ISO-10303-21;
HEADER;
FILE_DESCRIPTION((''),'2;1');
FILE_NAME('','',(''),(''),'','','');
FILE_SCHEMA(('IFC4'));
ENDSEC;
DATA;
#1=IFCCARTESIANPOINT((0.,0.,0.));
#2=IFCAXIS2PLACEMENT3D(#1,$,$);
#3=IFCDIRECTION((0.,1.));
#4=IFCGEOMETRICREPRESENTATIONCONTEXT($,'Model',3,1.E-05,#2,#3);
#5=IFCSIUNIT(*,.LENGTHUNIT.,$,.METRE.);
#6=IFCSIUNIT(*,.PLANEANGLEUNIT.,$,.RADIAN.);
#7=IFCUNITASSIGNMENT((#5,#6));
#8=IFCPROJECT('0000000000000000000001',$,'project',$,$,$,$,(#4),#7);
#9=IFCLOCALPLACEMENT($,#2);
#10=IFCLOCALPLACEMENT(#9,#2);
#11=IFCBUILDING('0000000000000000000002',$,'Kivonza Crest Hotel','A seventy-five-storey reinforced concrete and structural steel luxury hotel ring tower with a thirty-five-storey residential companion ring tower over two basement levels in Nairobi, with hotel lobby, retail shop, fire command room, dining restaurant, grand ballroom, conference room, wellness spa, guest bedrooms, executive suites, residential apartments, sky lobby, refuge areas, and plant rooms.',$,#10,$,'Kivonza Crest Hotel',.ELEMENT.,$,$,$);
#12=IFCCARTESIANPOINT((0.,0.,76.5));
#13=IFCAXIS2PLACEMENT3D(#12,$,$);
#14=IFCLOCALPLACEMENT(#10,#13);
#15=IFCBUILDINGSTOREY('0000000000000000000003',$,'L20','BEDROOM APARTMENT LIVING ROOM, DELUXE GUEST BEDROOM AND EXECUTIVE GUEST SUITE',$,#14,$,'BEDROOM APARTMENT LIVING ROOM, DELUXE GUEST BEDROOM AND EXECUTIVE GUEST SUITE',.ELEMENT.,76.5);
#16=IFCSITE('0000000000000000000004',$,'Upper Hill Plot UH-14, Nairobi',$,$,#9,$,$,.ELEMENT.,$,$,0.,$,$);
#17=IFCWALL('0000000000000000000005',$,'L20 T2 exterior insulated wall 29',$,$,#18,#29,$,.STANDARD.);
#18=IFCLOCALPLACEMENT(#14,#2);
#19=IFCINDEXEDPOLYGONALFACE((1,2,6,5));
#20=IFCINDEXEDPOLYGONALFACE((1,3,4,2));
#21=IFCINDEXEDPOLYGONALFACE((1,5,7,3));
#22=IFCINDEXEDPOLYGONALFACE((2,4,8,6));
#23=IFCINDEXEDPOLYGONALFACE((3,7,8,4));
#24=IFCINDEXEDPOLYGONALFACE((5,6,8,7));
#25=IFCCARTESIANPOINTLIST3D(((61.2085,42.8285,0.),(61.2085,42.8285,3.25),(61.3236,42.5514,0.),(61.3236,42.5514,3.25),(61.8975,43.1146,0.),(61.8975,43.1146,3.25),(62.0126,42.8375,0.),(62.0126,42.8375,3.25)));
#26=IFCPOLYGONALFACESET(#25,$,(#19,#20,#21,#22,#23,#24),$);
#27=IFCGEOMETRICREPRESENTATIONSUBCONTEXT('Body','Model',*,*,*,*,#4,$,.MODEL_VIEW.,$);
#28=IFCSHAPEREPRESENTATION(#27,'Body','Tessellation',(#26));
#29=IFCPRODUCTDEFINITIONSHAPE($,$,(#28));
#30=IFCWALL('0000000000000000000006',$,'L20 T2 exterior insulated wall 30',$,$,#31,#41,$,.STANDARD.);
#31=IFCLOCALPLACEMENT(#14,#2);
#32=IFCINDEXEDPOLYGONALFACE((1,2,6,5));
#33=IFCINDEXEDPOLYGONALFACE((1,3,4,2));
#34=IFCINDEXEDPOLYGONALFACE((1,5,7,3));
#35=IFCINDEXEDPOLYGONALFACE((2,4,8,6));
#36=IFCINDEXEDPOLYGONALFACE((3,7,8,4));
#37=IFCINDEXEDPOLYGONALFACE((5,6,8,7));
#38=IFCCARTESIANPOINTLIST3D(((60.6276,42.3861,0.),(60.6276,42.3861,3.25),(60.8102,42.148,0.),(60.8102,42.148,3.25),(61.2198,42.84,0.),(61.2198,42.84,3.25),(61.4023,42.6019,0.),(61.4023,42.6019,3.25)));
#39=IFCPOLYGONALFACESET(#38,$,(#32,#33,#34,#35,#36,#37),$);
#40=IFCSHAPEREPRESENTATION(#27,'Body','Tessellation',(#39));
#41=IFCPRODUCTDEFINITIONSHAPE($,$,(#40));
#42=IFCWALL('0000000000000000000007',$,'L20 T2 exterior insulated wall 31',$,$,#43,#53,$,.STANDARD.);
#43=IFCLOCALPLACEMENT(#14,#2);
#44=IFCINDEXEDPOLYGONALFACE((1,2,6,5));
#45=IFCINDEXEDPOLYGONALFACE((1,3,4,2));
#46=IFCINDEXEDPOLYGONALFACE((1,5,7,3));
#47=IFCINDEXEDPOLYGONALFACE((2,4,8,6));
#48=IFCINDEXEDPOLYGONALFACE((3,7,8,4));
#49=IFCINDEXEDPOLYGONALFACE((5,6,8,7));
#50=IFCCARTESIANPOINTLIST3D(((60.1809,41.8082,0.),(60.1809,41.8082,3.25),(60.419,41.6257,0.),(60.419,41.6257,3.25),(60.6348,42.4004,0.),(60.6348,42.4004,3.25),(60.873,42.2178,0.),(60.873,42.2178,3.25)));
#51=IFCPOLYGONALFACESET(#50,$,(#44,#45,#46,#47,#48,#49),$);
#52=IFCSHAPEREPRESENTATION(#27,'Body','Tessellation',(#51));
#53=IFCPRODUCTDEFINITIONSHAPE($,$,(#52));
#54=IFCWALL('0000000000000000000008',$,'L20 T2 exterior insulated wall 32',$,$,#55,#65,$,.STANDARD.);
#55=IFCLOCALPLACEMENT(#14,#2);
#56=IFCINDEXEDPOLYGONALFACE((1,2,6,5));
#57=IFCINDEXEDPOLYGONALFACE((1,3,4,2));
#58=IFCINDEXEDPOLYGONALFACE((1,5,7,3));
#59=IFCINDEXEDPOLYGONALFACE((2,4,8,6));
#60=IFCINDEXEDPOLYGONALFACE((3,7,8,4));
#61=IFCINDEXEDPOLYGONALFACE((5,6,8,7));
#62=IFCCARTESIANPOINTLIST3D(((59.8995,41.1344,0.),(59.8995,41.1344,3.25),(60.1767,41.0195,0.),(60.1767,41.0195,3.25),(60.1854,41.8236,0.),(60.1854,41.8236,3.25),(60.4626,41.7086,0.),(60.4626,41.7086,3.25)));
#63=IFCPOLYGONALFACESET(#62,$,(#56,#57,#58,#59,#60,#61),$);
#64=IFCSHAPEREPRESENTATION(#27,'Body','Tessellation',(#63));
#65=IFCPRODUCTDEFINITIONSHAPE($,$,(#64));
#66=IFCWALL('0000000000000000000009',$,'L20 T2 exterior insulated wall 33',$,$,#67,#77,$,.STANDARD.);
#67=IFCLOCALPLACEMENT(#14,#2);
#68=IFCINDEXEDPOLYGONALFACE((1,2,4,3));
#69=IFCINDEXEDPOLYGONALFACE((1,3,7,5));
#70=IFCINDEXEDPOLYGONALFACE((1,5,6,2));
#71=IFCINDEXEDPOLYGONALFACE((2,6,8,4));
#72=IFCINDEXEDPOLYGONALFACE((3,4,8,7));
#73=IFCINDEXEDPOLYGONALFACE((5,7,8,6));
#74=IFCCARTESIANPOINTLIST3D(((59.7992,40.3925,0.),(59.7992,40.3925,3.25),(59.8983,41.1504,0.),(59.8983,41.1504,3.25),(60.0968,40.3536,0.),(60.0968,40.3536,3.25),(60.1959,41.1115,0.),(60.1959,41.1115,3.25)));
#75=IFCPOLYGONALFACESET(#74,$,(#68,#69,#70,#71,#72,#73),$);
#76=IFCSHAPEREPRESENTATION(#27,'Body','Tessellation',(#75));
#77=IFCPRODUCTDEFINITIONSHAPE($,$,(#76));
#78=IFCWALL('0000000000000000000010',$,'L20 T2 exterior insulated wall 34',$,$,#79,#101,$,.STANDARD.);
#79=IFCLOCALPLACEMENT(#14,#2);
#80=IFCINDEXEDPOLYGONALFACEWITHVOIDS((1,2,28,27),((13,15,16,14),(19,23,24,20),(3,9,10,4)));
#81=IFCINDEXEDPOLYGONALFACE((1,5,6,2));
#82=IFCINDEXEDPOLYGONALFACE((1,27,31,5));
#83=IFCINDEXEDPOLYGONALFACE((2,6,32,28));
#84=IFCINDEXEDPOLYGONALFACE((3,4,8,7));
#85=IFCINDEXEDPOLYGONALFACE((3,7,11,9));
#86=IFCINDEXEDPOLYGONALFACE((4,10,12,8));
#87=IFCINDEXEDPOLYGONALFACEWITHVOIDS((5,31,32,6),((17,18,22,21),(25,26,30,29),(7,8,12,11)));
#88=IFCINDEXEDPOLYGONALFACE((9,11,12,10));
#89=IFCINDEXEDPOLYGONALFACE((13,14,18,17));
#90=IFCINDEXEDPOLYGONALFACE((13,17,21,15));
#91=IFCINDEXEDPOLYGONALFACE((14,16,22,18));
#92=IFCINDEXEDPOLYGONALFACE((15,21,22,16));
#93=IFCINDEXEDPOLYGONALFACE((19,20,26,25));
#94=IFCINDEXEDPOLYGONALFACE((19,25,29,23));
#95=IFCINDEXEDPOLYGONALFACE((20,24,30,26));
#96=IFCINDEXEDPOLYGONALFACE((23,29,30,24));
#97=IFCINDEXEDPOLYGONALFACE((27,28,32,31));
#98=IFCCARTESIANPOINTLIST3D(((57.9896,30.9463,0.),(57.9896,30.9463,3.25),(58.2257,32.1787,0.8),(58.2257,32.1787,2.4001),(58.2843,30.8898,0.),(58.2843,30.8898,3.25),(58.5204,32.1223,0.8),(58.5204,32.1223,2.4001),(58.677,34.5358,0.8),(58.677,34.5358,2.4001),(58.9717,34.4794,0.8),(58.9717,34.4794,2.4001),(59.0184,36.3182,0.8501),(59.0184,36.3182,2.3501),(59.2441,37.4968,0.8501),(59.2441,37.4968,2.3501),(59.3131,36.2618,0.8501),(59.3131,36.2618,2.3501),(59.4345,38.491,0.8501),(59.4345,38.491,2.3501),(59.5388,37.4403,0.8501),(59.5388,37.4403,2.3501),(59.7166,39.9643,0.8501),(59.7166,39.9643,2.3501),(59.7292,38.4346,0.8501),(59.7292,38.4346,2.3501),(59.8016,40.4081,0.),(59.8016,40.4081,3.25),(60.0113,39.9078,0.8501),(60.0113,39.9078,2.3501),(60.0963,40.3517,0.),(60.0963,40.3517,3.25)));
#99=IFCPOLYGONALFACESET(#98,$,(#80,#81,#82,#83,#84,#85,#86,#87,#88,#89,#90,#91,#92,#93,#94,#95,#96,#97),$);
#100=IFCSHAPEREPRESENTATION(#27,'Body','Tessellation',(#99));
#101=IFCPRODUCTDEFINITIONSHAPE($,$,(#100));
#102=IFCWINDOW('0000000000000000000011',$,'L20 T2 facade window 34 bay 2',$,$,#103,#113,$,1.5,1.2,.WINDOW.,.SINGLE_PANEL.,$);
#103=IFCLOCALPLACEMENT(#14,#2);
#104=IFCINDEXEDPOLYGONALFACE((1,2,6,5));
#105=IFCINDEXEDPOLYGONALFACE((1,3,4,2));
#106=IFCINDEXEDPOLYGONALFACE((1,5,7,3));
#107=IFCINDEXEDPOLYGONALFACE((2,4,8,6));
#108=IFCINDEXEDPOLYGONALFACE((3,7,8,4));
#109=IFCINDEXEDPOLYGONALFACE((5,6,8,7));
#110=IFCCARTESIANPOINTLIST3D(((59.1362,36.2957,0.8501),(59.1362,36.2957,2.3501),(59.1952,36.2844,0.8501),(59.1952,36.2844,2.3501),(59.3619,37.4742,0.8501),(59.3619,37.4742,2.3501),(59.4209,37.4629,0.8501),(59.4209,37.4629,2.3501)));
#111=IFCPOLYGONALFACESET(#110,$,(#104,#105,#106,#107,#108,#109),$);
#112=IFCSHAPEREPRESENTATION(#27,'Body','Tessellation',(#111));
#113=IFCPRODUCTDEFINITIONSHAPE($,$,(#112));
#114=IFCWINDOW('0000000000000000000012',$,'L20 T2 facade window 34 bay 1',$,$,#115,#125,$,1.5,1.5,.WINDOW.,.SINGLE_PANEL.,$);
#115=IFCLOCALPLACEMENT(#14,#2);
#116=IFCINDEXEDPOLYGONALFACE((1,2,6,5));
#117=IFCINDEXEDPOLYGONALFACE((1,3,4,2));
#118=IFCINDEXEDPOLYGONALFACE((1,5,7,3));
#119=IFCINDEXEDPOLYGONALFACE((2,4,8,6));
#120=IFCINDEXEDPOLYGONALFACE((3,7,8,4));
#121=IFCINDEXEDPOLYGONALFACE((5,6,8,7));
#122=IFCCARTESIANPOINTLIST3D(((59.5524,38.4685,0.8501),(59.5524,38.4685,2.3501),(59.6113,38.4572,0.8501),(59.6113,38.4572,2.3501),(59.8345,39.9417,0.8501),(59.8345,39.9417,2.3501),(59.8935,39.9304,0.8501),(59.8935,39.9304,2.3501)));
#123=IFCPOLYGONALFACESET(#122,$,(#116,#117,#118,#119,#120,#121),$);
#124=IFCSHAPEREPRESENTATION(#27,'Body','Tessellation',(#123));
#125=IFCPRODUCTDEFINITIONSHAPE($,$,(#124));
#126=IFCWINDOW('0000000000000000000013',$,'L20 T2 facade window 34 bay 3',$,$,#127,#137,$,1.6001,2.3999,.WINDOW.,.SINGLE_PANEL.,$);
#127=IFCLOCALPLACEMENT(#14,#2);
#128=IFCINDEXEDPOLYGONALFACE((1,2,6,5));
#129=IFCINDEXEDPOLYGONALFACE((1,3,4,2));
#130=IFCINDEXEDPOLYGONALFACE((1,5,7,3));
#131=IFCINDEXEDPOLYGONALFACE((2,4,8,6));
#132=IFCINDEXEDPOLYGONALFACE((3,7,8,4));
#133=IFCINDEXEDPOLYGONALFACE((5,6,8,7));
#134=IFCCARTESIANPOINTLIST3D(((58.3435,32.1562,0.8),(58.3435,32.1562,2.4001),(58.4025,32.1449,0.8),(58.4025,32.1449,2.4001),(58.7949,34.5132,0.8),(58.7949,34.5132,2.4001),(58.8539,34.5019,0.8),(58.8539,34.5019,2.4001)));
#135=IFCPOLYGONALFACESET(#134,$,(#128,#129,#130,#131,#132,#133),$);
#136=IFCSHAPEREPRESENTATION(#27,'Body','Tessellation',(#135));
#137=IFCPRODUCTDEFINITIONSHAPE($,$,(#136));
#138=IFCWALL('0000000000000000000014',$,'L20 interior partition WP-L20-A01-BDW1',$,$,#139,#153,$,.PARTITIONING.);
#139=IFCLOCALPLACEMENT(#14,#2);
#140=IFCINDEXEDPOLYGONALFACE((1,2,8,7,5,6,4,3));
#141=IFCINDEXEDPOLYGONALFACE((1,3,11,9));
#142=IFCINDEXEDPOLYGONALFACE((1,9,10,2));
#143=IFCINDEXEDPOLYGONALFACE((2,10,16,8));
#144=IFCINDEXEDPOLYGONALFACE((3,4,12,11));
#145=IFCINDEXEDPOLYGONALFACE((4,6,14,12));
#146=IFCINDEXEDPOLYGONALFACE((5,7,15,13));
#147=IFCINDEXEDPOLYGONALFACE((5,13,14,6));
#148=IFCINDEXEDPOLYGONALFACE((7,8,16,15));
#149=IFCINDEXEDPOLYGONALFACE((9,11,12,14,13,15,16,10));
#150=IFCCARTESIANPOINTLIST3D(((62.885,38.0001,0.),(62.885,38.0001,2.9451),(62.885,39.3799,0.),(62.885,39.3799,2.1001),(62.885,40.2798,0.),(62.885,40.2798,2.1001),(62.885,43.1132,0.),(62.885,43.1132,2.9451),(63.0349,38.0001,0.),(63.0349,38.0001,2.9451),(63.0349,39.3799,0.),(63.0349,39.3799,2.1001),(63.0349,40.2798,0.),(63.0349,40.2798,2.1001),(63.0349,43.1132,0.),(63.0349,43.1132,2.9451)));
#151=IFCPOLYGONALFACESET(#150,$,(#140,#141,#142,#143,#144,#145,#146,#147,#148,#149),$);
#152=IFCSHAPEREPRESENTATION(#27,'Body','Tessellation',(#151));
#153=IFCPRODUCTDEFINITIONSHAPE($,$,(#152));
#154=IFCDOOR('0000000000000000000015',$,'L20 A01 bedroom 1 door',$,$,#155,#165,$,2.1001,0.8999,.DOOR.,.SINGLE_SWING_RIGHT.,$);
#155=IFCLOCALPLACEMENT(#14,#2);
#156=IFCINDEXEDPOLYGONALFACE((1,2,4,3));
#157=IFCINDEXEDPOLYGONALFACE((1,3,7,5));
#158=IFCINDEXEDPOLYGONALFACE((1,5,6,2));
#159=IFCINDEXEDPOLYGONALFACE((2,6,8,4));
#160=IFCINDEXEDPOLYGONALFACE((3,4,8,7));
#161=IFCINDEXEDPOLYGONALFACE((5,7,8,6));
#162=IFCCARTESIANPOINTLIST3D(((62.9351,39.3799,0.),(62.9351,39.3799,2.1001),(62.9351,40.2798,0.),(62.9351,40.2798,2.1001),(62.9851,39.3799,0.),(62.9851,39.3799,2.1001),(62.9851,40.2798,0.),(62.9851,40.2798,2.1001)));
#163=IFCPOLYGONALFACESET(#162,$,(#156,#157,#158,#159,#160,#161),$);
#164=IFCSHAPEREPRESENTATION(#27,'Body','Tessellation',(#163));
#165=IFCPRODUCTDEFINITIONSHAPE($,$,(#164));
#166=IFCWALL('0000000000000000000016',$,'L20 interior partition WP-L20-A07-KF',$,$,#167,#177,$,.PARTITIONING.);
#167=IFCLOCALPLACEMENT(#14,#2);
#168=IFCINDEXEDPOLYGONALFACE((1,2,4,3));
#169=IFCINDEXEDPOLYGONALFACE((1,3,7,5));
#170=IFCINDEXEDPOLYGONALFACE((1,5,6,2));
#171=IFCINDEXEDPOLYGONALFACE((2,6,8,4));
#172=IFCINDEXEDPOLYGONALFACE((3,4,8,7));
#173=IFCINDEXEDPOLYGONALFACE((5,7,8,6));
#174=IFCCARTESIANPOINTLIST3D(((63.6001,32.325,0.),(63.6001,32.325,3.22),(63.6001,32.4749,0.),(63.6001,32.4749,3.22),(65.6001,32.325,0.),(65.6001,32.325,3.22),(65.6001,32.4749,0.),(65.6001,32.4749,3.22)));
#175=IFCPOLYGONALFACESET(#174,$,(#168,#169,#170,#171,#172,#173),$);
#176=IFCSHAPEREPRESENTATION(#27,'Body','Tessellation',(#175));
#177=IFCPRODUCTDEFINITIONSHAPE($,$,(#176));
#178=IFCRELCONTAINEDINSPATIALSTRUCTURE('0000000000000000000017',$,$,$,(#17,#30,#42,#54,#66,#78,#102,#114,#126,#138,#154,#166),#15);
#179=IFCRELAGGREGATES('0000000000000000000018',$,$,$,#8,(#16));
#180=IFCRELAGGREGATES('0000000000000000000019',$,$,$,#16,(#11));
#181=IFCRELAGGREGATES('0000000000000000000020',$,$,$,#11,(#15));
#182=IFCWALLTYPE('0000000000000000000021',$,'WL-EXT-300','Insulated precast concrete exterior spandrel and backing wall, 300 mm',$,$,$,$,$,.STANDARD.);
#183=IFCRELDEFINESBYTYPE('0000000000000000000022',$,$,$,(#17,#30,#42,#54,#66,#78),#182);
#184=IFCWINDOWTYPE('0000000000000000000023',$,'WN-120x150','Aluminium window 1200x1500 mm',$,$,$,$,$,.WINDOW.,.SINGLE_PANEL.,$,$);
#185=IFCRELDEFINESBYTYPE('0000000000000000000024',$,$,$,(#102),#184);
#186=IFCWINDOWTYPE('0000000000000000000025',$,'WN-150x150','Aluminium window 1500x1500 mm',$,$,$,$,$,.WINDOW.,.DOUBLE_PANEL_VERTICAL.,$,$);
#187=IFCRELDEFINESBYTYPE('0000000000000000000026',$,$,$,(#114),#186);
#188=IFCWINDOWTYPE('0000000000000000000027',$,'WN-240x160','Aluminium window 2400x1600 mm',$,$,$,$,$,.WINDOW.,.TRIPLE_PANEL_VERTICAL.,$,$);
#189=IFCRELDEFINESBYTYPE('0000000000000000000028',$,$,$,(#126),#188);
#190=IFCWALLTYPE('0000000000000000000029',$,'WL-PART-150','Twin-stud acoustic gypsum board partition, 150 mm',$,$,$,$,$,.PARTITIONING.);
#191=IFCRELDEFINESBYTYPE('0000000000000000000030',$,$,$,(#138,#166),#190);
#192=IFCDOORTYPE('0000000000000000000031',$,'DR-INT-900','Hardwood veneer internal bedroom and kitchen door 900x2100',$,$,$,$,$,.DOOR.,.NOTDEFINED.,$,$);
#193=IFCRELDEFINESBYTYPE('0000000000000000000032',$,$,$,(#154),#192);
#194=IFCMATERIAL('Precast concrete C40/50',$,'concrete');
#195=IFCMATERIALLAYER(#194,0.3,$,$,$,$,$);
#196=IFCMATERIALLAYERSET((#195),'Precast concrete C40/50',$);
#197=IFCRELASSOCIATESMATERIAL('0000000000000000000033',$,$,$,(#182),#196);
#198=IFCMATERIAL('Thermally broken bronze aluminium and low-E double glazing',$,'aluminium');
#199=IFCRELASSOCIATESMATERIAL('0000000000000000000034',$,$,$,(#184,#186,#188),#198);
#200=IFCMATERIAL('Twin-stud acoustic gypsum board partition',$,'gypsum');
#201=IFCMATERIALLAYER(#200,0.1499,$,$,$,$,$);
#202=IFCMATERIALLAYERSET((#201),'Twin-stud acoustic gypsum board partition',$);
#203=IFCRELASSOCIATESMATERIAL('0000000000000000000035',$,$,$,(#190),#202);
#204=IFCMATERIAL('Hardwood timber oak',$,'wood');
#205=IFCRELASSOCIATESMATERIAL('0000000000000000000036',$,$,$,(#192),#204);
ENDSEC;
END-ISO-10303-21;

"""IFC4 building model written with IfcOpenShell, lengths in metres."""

from ifc_helpers import new_model, si_unit, direction, frame, frame_2d, origin, place, context, subcontext, project, spatial, rectangle, extrude, material, layer, layer_set, type_object, element, fill, save


model = new_model("IFC4")

# Units and contexts
model_context = context("Model", 3, precision=1e-05, world=origin(), true_north=direction((0.0, 1.0)))
body_context = subcontext(model_context, "Body", "Model", "MODEL_VIEW")
ifc_project = project(units=[si_unit("LENGTHUNIT", "METRE"), si_unit("PLANEANGLEUNIT", "RADIAN")], contexts=[model_context])

# Site, building, storey
site_placement = place(None, origin())
site = spatial("IfcSite", under=ifc_project, at=site_placement, Name="Upper Hill Plot UH-14, Nairobi", CompositionType="ELEMENT", RefElevation=0.0)
building_placement = place(site_placement, origin())
building = spatial("IfcBuilding", under=site, at=building_placement, Name="Kivonza Crest Hotel", Description="A seventy-five-storey reinforced concrete and structural steel luxury hotel ring tower with a thirty-five-storey residential companion ring tower over two basement levels in Nairobi, with hotel lobby, retail shop, fire command room, dining restaurant, grand ballroom, conference room, wellness spa, guest bedrooms, executive suites, residential apartments, sky lobby, refuge areas, and plant rooms.", LongName="Kivonza Crest Hotel", CompositionType="ELEMENT")
storey_placement = place(building_placement, frame((0.0, 0.0, 76.5)))
storey = spatial("IfcBuildingStorey", under=building, at=storey_placement, Name="L20", Description="BEDROOM APARTMENT LIVING ROOM, DELUXE GUEST BEDROOM AND EXECUTIVE GUEST SUITE", LongName="BEDROOM APARTMENT LIVING ROOM, DELUXE GUEST BEDROOM AND EXECUTIVE GUEST SUITE", CompositionType="ELEMENT", Elevation=76.5)

# Walls
ifc_material_1 = material(Name="Precast concrete C40/50", Category="concrete")
ifc_layer_1 = layer(ifc_material_1, 0.3)
ifc_layer_set_1 = layer_set([ifc_layer_1], Name="Precast concrete C40/50")
wall_type_1 = type_object("IfcWallType", Name="WL-EXT-300", Description="Insulated precast concrete exterior spandrel and backing wall, 300 mm", PredefinedType="STANDARD", material=ifc_layer_set_1)
for number, where, z_axis, x_axis, name in (
    (1, (61.9551, 42.9761, 0.0), (0.0, 0.0, 1.0), (-0.923522, -0.383546, 0.0), "L20 T2 exterior insulated wall 29"),
    (2, (61.311, 42.7209, 0.0), (0.0, 0.0, 1.0), (-0.793633, -0.608397, 0.0), "L20 T2 exterior insulated wall 30"),
    (3, (60.7539, 42.3091, 0.0), (0.0, 0.0, 1.0), (-0.608397, -0.793633, 0.0), "L20 T2 exterior insulated wall 31"),
    (4, (60.324, 41.7661, 0.0), (0.0, 0.0, 1.0), (-0.383151, -0.923686, 0.0), "L20 T2 exterior insulated wall 32"),
):
    element("IfcWall", number, at=place(storey_placement, frame(where, z_axis=z_axis, x_axis=x_axis)), inside=storey, type_object=wall_type_1, Name=name, PredefinedType="STANDARD", context=body_context, shape_type="SweptSolid", body=[
        extrude(rectangle(XDim=0.7461, YDim=0.3, at=frame_2d((0.373, 0.0))), origin(), (0.0, 0.0, 1.0), 3.25),
    ])
wall_1_placement = place(storey_placement, frame((60.0471, 41.1311, 0.0), z_axis=(0.0, 0.0, 1.0), x_axis=(-0.129653, -0.991559, 0.0)))
element("IfcWall", 5, at=wall_1_placement, inside=storey, type_object=wall_type_1, Name="L20 T2 exterior insulated wall 33", PredefinedType="STANDARD", context=body_context, shape_type="SweptSolid", body=[
    extrude(rectangle(XDim=0.7644, YDim=0.3, at=frame_2d((0.3823, 0.0))), origin(), (0.0, 0.0, 1.0), 3.25),
])

# Wall, openings, windows
wall_2_placement = place(storey_placement, frame((59.949, 40.3799, 0.0), z_axis=(0.0, 0.0, 1.0), x_axis=(-0.188088, -0.982152, 0.0)))
wall_2 = element("IfcWall", 6, at=wall_2_placement, inside=storey, type_object=wall_type_1, Name="L20 T2 exterior insulated wall 34", PredefinedType="STANDARD", context=body_context, shape_type="SweptSolid", body=[
    extrude(rectangle(XDim=9.6338, YDim=0.3, at=frame_2d((4.8169, 0.0))), origin(), (0.0, 0.0, 1.0), 3.25),
])
opening_1_placement = place(wall_2_placement, frame((0.4519, 0.0, 0.8501)))
opening_1 = element("IfcOpeningElement", 7, at=opening_1_placement, cuts=wall_2, PredefinedType="OPENING", context=body_context, shape_type="SweptSolid", body=[
    extrude(rectangle(XDim=1.5, YDim=1.5, at=frame_2d((0.75, 0.75))), frame((0.0, 0.1602, 0.0), z_axis=(0.0, -1.0, 0.0), x_axis=(1.0, 0.0, 0.0)), (0.0, 0.0, 1.0), 0.3201),
])
opening_2_placement = place(wall_2_placement, frame((2.9641, 0.0, 0.8501)))
opening_2 = element("IfcOpeningElement", 8, at=opening_2_placement, cuts=wall_2, PredefinedType="OPENING", context=body_context, shape_type="SweptSolid", body=[
    extrude(rectangle(XDim=1.2, YDim=1.5, at=frame_2d((0.6001, 0.75))), frame((0.0, 0.1602, 0.0), z_axis=(0.0, -1.0, 0.0), x_axis=(1.0, 0.0, 0.0)), (0.0, 0.0, 1.0), 0.3201),
])
opening_3_placement = place(wall_2_placement, frame((5.979, 0.0, 0.8)))
opening_3 = element("IfcOpeningElement", 9, at=opening_3_placement, cuts=wall_2, PredefinedType="OPENING", context=body_context, shape_type="SweptSolid", body=[
    extrude(rectangle(XDim=2.3999, YDim=1.6001, at=frame_2d((1.2, 0.8))), frame((0.0, 0.1602, 0.0), z_axis=(0.0, -1.0, 0.0), x_axis=(1.0, 0.0, 0.0)), (0.0, 0.0, 1.0), 0.3201),
])
ifc_material_2 = material(Name="Thermally broken bronze aluminium and low-E double glazing", Category="aluminium")
window_type_1 = type_object("IfcWindowType", Name="WN-120x150", Description="Aluminium window 1200x1500 mm", PartitioningType="SINGLE_PANEL", PredefinedType="WINDOW", material=ifc_material_2)
window_1_placement = place(opening_2_placement, origin())
window_1 = element("IfcWindow", 10, at=window_1_placement, inside=storey, type_object=window_type_1, Name="L20 T2 facade window 34 bay 2", OverallHeight=1.5, OverallWidth=1.2, PartitioningType="SINGLE_PANEL", PredefinedType="WINDOW", context=body_context, shape_type="SweptSolid", body=[
    extrude(rectangle(XDim=1.2, YDim=1.5, at=frame_2d((0.6001, 0.75))), frame((0.0, 0.03, 0.0), z_axis=(0.0, -1.0, 0.0), x_axis=(1.0, 0.0, 0.0)), (0.0, 0.0, 1.0), 0.0601),
])
fill(opening_2, window_1)
window_type_2 = type_object("IfcWindowType", Name="WN-150x150", Description="Aluminium window 1500x1500 mm", PartitioningType="DOUBLE_PANEL_VERTICAL", PredefinedType="WINDOW", material=ifc_material_2)
window_2_placement = place(opening_1_placement, origin())
window_2 = element("IfcWindow", 11, at=window_2_placement, inside=storey, type_object=window_type_2, Name="L20 T2 facade window 34 bay 1", OverallHeight=1.5, OverallWidth=1.5, PartitioningType="SINGLE_PANEL", PredefinedType="WINDOW", context=body_context, shape_type="SweptSolid", body=[
    extrude(rectangle(XDim=1.5, YDim=1.5, at=frame_2d((0.75, 0.75))), frame((0.0, 0.03, 0.0), z_axis=(0.0, -1.0, 0.0), x_axis=(1.0, 0.0, 0.0)), (0.0, 0.0, 1.0), 0.0601),
])
fill(opening_1, window_2)
window_type_3 = type_object("IfcWindowType", Name="WN-240x160", Description="Aluminium window 2400x1600 mm", PartitioningType="TRIPLE_PANEL_VERTICAL", PredefinedType="WINDOW", material=ifc_material_2)
window_3_placement = place(opening_3_placement, origin())
window_3 = element("IfcWindow", 12, at=window_3_placement, inside=storey, type_object=window_type_3, Name="L20 T2 facade window 34 bay 3", OverallHeight=1.6001, OverallWidth=2.3999, PartitioningType="SINGLE_PANEL", PredefinedType="WINDOW", context=body_context, shape_type="SweptSolid", body=[
    extrude(rectangle(XDim=2.3999, YDim=1.6001, at=frame_2d((1.2, 0.8))), frame((0.0, 0.03, 0.0), z_axis=(0.0, -1.0, 0.0), x_axis=(1.0, 0.0, 0.0)), (0.0, 0.0, 1.0), 0.0601),
])
fill(opening_3, window_3)

# Wall, opening, door
ifc_material_3 = material(Name="Twin-stud acoustic gypsum board partition", Category="gypsum")
ifc_layer_2 = layer(ifc_material_3, 0.1499)
ifc_layer_set_2 = layer_set([ifc_layer_2], Name="Twin-stud acoustic gypsum board partition")
wall_type_2 = type_object("IfcWallType", Name="WL-PART-150", Description="Twin-stud acoustic gypsum board partition, 150 mm", PredefinedType="PARTITIONING", material=ifc_layer_set_2)
wall_3_placement = place(storey_placement, frame((62.96, 38.0, 0.0), z_axis=(0.0, 0.0, 1.0), x_axis=(0.0, 1.0, 0.0)))
wall_3 = element("IfcWall", 13, at=wall_3_placement, inside=storey, type_object=wall_type_2, Name="L20 interior partition WP-L20-A01-BDW1", PredefinedType="PARTITIONING", context=body_context, shape_type="SweptSolid", body=[
    extrude(rectangle(XDim=5.113, YDim=0.1499, at=frame_2d((2.5566, 0.0))), origin(), (0.0, 0.0, 1.0), 2.9451),
])
opening_4_placement = place(wall_3_placement, frame((1.3799, 0.0, 0.0)))
opening_4 = element("IfcOpeningElement", 14, at=opening_4_placement, cuts=wall_3, PredefinedType="OPENING", context=body_context, shape_type="SweptSolid", body=[
    extrude(rectangle(XDim=0.8999, YDim=2.1001, at=frame_2d((0.45, 1.05))), frame((0.0, 0.085, 0.0), z_axis=(0.0, -1.0, 0.0), x_axis=(1.0, 0.0, 0.0)), (0.0, 0.0, 1.0), 0.1699),
])
ifc_material_4 = material(Name="Hardwood timber oak", Category="wood")
door_type_1 = type_object("IfcDoorType", Name="DR-INT-900", Description="Hardwood veneer internal bedroom and kitchen door 900x2100", OperationType="NOTDEFINED", PredefinedType="DOOR", material=ifc_material_4)
door_1_placement = place(opening_4_placement, origin())
door_1 = element("IfcDoor", 15, at=door_1_placement, inside=storey, type_object=door_type_1, Name="L20 A01 bedroom 1 door", OperationType="SINGLE_SWING_RIGHT", OverallHeight=2.1001, OverallWidth=0.8999, PredefinedType="DOOR", context=body_context, shape_type="SweptSolid", body=[
    extrude(rectangle(XDim=0.8999, YDim=2.1001, at=frame_2d((0.45, 1.05))), frame((0.0, 0.0249, 0.0), z_axis=(0.0, -1.0, 0.0), x_axis=(1.0, 0.0, 0.0)), (0.0, 0.0, 1.0), 0.05),
])
fill(opening_4, door_1)

# Wall
wall_4_placement = place(storey_placement, frame((63.6001, 32.3999, 0.0), z_axis=(0.0, 0.0, 1.0), x_axis=(1.0, 0.0, 0.0)))
element("IfcWall", 16, at=wall_4_placement, inside=storey, type_object=wall_type_2, Name="L20 interior partition WP-L20-A07-KF", PredefinedType="PARTITIONING", context=body_context, shape_type="SweptSolid", body=[
    extrude(rectangle(XDim=2.0, YDim=0.1499, at=frame_2d((1.0, 0.0))), origin(), (0.0, 0.0, 1.0), 3.22),
])

save(model, "model.ifc")
